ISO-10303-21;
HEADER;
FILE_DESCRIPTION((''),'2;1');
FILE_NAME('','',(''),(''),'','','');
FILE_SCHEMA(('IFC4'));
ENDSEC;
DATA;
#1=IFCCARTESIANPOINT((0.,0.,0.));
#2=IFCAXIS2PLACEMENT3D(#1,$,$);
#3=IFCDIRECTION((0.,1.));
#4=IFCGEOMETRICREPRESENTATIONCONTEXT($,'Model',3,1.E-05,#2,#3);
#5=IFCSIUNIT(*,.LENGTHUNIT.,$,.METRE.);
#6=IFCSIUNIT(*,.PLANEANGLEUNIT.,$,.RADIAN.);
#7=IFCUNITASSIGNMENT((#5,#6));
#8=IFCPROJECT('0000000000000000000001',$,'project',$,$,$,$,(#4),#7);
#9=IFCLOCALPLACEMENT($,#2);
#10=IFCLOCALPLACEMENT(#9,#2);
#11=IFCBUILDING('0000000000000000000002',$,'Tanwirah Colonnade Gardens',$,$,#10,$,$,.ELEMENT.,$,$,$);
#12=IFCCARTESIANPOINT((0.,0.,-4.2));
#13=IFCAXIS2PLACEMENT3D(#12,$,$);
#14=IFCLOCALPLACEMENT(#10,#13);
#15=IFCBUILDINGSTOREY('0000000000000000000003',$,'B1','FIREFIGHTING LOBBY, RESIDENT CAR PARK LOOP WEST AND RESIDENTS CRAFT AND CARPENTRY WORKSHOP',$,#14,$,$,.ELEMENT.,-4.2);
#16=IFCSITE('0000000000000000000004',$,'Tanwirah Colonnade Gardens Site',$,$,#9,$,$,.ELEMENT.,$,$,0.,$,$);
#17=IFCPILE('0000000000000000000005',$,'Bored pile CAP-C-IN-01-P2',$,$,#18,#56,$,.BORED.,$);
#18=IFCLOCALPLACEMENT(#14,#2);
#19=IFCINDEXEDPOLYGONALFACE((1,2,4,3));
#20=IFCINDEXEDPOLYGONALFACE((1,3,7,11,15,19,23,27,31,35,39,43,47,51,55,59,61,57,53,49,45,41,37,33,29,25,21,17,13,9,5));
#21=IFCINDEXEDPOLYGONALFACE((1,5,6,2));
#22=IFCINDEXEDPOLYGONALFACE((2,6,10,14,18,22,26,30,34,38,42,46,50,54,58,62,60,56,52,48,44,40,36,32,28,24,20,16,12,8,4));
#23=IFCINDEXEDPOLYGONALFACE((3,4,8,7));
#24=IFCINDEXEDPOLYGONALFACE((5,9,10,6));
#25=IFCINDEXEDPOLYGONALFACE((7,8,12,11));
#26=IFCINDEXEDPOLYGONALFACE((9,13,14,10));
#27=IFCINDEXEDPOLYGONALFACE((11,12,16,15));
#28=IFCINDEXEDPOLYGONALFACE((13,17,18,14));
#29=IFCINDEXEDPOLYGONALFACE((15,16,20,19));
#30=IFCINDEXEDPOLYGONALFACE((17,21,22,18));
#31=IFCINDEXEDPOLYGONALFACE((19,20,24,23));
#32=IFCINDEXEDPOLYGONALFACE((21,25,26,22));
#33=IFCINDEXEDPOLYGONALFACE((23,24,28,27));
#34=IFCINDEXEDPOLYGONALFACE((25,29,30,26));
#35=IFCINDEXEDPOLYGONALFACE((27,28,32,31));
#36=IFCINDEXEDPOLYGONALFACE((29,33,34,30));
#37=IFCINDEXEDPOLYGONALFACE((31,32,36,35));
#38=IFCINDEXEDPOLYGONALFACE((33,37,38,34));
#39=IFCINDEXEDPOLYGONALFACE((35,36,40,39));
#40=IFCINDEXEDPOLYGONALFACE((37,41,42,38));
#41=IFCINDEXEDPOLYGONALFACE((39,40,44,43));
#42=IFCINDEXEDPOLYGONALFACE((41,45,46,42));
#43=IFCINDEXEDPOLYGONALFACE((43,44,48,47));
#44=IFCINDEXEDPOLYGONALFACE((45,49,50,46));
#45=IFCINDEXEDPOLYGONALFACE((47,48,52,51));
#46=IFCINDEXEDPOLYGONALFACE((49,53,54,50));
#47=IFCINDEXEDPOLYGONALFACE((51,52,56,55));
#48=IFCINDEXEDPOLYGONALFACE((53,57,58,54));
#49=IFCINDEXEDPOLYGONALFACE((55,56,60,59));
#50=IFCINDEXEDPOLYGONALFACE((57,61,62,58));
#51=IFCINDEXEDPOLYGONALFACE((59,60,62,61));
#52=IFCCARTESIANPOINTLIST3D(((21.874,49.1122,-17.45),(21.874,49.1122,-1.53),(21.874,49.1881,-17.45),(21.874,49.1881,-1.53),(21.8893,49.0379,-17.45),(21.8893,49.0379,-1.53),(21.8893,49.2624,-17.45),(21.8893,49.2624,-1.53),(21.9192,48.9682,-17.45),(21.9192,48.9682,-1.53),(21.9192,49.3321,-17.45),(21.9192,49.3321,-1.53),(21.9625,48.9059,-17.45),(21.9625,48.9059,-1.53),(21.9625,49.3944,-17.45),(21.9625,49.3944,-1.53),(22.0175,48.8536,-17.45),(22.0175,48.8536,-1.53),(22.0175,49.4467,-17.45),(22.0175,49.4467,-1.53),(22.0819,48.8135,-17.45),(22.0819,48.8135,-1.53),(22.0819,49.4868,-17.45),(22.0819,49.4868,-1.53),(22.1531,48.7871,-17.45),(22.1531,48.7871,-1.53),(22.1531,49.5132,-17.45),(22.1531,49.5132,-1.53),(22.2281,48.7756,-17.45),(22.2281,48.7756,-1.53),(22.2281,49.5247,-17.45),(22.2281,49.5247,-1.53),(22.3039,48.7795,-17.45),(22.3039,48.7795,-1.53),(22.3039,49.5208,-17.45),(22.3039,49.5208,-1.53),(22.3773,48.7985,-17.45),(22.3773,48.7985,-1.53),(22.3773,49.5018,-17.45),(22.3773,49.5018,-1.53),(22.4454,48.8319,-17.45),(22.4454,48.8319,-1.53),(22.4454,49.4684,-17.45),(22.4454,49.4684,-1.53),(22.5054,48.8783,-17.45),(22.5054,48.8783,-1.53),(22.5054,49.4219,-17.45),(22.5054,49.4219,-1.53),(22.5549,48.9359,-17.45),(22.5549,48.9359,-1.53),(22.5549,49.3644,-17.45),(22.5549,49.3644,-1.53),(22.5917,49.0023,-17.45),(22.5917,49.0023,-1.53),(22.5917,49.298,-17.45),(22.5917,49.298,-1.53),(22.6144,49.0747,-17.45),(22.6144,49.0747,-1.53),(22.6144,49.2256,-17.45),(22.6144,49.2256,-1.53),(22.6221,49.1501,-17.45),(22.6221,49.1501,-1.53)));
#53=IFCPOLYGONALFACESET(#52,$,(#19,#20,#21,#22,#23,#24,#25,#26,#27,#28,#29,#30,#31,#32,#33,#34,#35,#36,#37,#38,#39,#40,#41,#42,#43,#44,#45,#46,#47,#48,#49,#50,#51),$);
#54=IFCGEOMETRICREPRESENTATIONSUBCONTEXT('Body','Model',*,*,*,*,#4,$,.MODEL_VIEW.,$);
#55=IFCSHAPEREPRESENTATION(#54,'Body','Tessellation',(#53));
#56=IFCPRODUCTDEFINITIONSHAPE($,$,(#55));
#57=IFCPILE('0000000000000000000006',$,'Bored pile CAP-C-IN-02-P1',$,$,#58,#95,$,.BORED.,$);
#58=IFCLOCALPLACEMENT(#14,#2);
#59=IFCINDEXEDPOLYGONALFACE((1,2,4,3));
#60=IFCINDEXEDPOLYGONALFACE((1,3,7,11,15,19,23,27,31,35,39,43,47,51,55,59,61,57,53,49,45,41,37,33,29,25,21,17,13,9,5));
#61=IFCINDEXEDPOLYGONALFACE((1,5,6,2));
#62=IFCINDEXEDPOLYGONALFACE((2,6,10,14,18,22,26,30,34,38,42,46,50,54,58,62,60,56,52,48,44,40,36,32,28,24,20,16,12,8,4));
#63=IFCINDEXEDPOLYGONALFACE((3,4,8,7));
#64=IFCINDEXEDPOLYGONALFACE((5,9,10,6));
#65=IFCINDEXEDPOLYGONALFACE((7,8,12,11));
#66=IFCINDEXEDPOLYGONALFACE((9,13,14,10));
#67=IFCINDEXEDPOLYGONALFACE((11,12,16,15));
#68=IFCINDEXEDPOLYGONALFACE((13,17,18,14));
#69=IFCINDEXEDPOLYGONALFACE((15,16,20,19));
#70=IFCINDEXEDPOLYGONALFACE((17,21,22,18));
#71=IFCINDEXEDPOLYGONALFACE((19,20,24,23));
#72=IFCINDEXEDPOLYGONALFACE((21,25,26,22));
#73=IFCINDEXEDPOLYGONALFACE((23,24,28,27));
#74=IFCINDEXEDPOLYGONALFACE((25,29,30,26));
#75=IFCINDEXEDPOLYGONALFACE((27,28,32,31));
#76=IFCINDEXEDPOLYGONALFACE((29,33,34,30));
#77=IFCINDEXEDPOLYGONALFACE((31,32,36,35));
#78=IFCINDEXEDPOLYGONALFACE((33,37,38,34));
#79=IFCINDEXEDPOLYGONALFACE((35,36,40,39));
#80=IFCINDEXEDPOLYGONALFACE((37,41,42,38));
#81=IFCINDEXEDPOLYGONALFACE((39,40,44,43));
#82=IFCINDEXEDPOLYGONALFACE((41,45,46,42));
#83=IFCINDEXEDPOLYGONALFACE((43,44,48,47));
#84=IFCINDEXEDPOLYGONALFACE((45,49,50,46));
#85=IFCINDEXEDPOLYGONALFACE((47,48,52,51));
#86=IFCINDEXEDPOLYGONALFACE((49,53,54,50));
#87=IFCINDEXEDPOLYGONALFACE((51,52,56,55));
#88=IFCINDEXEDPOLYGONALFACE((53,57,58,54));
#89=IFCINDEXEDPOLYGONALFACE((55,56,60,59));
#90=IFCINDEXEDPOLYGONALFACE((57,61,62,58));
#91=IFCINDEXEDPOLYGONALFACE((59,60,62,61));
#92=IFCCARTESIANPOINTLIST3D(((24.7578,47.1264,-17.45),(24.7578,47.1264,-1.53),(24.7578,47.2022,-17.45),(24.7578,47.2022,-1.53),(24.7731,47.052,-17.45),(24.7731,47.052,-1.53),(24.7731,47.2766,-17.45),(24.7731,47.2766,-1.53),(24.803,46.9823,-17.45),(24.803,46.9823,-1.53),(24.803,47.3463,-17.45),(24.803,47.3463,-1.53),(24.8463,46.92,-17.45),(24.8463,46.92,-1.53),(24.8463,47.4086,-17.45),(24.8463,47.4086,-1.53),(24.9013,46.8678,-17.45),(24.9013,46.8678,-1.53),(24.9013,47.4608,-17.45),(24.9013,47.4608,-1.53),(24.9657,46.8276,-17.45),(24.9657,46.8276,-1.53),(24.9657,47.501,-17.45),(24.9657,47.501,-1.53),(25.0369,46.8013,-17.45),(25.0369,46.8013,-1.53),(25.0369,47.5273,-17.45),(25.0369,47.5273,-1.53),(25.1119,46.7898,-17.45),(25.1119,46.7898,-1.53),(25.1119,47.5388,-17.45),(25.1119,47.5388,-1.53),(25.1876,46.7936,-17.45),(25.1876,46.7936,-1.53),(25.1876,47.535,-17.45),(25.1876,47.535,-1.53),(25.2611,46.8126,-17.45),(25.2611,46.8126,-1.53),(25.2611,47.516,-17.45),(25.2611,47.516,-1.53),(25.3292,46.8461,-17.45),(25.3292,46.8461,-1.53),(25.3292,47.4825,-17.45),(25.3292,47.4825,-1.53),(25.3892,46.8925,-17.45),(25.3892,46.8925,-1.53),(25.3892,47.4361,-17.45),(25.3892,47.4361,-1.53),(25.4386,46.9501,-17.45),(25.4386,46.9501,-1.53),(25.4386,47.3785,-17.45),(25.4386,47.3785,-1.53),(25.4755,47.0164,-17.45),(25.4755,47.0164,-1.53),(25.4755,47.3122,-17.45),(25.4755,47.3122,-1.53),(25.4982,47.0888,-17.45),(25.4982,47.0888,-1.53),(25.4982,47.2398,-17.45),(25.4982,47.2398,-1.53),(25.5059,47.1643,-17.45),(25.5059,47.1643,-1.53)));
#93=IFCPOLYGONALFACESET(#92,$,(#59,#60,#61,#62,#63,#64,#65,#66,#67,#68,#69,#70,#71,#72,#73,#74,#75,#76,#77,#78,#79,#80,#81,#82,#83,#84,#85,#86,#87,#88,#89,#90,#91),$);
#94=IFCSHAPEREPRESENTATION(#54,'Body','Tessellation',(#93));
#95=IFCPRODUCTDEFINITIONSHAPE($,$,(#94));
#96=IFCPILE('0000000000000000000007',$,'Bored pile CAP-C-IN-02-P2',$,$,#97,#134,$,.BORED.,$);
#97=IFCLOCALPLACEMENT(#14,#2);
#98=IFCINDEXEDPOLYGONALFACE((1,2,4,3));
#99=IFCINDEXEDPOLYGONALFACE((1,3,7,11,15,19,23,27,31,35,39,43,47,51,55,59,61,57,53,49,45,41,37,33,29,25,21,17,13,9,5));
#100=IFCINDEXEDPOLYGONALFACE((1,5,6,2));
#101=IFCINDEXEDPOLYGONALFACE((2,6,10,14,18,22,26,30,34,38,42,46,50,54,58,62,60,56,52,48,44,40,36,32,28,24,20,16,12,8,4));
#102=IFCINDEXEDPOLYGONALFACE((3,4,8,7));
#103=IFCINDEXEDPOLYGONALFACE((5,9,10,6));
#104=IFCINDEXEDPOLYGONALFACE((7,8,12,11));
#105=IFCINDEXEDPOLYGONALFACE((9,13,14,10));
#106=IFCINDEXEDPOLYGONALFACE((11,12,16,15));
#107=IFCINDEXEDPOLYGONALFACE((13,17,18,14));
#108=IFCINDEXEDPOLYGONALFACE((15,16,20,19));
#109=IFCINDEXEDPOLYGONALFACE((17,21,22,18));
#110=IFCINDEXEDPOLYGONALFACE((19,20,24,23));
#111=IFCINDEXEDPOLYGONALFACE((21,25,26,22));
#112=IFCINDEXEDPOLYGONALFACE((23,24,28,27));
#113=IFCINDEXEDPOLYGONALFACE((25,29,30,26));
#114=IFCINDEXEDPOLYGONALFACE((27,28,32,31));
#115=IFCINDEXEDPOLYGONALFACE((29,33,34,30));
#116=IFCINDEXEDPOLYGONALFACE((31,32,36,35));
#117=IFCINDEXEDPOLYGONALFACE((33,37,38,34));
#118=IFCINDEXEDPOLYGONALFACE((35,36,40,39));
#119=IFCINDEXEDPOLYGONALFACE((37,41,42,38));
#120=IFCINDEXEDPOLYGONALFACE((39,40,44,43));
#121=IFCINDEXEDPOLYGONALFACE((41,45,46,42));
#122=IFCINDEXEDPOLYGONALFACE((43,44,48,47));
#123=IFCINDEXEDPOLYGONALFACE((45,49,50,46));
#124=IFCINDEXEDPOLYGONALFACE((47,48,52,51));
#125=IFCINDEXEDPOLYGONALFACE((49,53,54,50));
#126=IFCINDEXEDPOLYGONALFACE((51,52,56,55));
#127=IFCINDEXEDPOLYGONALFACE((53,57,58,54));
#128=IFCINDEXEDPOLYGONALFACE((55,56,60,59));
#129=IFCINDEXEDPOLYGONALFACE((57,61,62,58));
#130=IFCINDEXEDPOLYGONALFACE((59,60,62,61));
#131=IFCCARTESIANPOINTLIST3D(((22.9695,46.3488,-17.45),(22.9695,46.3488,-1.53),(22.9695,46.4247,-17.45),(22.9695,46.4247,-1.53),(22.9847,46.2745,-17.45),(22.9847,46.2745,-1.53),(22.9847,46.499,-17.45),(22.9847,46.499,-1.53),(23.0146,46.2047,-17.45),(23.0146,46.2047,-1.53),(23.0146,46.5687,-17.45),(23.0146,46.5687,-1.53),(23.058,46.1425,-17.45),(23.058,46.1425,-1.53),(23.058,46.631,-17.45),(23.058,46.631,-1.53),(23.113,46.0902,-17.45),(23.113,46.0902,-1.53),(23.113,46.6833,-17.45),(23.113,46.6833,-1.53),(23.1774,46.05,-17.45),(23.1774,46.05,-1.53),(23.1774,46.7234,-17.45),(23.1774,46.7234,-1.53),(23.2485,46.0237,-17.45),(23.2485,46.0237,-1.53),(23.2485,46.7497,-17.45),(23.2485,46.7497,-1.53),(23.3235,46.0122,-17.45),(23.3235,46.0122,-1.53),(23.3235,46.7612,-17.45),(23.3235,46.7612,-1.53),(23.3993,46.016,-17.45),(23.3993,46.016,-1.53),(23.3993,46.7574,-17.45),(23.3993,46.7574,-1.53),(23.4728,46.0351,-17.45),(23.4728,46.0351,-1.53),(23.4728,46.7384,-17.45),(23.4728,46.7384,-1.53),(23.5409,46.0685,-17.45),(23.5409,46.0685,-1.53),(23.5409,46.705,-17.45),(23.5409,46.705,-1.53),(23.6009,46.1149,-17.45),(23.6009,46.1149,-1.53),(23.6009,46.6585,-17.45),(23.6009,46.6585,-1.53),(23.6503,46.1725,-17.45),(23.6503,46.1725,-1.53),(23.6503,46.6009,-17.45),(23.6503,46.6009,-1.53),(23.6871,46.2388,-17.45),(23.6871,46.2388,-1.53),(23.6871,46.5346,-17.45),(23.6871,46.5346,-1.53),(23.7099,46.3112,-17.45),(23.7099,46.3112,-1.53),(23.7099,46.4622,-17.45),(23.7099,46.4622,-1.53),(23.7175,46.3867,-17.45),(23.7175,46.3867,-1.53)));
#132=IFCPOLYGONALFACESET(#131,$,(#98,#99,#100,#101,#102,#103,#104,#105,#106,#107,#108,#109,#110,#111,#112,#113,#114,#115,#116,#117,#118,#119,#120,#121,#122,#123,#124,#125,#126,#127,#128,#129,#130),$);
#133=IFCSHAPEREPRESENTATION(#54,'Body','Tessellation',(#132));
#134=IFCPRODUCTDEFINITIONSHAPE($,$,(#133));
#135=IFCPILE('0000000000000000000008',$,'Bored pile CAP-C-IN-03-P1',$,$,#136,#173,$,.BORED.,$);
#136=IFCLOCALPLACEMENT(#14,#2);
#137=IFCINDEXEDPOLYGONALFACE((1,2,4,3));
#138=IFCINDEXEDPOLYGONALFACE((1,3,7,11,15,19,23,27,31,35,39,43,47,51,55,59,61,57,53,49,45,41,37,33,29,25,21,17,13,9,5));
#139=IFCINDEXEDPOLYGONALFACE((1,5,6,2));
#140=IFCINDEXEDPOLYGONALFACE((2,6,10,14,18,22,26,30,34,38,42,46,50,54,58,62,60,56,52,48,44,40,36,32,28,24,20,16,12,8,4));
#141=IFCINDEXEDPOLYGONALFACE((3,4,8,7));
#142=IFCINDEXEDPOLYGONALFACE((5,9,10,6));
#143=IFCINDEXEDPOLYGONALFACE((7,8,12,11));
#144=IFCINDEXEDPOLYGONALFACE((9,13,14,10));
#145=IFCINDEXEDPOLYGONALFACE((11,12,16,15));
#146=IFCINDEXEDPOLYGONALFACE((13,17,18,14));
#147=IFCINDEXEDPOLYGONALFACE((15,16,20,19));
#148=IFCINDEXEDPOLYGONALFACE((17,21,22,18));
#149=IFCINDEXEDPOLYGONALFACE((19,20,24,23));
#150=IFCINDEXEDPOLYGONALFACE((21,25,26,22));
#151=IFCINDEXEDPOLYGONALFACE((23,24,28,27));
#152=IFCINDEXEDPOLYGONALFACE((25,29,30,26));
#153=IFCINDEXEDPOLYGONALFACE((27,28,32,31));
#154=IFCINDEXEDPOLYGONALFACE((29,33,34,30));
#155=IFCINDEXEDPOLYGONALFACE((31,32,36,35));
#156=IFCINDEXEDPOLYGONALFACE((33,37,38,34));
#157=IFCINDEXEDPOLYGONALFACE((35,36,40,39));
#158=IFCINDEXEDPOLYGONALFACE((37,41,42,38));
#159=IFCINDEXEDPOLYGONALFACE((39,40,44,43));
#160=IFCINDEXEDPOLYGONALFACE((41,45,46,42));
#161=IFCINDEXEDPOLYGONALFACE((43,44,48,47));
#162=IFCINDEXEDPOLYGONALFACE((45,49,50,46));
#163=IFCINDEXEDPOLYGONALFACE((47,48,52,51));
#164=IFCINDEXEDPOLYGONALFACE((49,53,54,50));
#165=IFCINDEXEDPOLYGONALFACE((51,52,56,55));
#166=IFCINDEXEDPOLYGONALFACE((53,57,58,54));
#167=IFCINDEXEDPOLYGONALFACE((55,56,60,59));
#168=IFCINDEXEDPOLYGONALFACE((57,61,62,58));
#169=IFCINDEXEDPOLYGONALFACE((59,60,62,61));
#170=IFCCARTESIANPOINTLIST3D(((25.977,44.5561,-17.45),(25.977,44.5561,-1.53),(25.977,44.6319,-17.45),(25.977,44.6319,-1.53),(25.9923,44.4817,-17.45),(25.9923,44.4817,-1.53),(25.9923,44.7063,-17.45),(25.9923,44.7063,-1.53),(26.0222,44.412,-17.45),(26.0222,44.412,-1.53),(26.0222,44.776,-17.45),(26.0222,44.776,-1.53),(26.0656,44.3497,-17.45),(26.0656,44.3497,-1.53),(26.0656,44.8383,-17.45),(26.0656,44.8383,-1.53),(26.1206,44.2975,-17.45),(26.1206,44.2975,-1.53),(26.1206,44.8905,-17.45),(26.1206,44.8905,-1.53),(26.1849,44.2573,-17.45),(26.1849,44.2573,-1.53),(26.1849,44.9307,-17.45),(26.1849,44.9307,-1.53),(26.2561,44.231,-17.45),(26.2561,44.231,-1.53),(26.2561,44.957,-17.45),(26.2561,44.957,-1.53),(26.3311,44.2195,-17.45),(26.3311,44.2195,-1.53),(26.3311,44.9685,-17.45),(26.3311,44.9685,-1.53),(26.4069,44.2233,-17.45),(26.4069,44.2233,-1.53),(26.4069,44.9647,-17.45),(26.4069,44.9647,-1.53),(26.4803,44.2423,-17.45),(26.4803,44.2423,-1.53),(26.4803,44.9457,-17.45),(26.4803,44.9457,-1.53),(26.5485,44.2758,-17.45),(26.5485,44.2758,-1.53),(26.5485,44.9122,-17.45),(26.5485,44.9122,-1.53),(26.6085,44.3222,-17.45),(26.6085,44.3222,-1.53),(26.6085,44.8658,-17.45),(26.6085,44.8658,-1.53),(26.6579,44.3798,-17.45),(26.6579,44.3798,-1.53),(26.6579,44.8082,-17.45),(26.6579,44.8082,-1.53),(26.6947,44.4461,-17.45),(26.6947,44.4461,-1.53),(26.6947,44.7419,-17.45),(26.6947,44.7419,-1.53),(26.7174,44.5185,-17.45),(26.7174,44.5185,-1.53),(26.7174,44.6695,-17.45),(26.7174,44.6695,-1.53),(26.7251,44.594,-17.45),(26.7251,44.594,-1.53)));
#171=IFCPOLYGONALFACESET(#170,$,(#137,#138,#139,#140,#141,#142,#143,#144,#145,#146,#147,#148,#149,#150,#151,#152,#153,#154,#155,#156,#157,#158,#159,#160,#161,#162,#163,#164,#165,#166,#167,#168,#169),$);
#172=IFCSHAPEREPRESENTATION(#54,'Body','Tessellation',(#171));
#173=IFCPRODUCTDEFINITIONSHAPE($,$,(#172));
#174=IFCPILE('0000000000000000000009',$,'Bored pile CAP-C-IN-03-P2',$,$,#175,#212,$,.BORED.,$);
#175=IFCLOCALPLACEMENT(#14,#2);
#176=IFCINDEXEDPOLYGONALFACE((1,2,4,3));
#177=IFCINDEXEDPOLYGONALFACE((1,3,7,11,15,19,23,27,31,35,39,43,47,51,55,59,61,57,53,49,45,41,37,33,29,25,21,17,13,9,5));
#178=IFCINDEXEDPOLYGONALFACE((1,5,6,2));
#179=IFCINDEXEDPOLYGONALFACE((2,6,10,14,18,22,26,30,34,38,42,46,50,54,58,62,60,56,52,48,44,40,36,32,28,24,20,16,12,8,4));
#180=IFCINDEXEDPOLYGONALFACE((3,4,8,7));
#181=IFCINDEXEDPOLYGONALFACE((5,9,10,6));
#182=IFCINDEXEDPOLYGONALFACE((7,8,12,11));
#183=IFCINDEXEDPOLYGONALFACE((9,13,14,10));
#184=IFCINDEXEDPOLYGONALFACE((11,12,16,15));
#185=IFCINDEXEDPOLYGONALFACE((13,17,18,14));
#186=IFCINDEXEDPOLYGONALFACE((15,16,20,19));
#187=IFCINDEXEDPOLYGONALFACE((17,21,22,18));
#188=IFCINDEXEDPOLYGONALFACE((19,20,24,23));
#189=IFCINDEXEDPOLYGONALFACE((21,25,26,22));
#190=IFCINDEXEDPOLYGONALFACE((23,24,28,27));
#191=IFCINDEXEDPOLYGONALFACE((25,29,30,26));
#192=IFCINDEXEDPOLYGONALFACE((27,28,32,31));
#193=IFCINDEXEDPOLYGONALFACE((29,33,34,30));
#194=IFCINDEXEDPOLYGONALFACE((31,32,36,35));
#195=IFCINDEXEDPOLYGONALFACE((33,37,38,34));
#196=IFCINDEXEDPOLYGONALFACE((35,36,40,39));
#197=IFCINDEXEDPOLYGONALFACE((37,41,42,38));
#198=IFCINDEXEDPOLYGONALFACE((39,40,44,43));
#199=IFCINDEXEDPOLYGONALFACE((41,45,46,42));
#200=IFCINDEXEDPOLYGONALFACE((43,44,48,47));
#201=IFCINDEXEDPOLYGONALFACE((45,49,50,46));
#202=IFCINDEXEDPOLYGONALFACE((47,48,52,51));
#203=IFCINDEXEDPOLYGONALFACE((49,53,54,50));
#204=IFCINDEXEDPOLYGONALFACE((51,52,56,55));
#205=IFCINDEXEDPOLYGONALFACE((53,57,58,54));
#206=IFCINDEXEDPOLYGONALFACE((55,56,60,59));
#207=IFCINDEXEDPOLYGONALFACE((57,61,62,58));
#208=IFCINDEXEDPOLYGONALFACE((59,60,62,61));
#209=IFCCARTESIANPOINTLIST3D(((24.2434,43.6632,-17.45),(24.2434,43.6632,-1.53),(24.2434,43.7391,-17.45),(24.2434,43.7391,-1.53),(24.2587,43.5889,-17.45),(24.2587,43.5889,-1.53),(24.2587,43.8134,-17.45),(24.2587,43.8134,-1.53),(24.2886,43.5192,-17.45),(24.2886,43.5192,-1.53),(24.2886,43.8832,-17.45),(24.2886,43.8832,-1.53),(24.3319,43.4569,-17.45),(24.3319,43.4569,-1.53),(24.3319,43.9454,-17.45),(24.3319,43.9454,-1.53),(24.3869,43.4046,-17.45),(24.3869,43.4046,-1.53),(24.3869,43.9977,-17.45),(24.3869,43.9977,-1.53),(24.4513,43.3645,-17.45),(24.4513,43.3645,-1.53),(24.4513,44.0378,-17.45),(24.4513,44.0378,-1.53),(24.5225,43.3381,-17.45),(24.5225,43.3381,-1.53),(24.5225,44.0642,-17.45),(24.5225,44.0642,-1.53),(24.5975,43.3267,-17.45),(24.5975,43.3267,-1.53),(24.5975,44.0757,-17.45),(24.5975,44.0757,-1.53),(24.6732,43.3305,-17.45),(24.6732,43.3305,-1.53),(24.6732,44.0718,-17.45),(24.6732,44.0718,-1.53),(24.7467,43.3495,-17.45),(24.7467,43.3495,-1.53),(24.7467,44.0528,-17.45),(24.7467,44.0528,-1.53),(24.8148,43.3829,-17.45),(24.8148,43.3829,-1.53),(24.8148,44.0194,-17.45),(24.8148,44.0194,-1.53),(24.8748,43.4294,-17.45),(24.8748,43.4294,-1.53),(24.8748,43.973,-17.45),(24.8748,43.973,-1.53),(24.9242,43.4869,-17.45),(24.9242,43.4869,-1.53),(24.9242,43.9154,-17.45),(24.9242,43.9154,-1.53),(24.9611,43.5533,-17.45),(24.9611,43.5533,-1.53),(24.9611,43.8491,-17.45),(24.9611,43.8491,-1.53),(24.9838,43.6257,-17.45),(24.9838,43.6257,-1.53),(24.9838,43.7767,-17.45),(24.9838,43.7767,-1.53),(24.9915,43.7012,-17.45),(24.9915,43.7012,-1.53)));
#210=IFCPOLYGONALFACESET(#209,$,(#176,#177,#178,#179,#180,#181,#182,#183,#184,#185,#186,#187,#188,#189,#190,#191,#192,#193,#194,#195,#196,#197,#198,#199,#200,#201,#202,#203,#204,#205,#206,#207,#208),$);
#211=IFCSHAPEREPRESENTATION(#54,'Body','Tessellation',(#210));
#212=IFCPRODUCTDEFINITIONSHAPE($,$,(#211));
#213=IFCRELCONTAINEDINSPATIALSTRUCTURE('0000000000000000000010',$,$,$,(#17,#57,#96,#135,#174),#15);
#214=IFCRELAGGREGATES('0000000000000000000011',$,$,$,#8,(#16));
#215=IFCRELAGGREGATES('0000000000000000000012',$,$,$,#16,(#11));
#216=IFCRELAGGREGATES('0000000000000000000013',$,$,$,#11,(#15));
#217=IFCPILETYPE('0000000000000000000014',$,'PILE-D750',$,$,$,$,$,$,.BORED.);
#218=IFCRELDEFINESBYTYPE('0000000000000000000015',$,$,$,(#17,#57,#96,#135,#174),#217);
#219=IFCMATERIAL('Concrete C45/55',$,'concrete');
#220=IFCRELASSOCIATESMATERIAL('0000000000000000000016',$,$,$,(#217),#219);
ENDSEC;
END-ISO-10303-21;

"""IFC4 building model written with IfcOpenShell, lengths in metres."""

from ifc_helpers import new_model, si_unit, direction, frame, origin, origin_2d, place, context, subcontext, project, spatial, circle, extrude, material, material_profile, profile_set, type_object, element, save


model = new_model("IFC4")

# Units and contexts
model_context = context("Model", 3, precision=1e-05, world=origin(), true_north=direction((0.0, 1.0)))
body_context = subcontext(model_context, "Body", "Model", "MODEL_VIEW")
ifc_project = project(units=[si_unit("LENGTHUNIT", "METRE"), si_unit("PLANEANGLEUNIT", "RADIAN")], contexts=[model_context])

# Site, building, storey
site_placement = place(None, origin())
site = spatial("IfcSite", under=ifc_project, at=site_placement, Name="Tanwirah Colonnade Gardens Site", CompositionType="ELEMENT", RefElevation=0.0)
building_placement = place(site_placement, origin())
building = spatial("IfcBuilding", under=site, at=building_placement, Name="Tanwirah Colonnade Gardens", CompositionType="ELEMENT")
storey_placement = place(building_placement, frame((0.0, 0.0, -4.2)))
storey = spatial("IfcBuildingStorey", under=building, at=storey_placement, Name="B1", Description="FIREFIGHTING LOBBY, RESIDENT CAR PARK LOOP WEST AND RESIDENTS CRAFT AND CARPENTRY WORKSHOP", CompositionType="ELEMENT", Elevation=-4.2)

# Shared definitions
ifc_material_1 = material(Name="Concrete C45/55", Category="concrete")

# Piles
ifc_material_profile_1 = material_profile(ifc_material_1, circle(Radius=0.375, at=origin_2d()), Name="PILE D750")
ifc_profile_set_1 = profile_set([ifc_material_profile_1], Name="Concrete C45/55")
pile_type = type_object("IfcPileType", Name="PILE-D750", PredefinedType="BORED", material=ifc_profile_set_1)
for number, where, z_axis, x_axis, name in (
    (1, (22.2471, 49.1501, -1.53), (0.0, 0.0, -1.0), (1.0, 0.0, 0.0), "Bored pile CAP-C-IN-01-P2"),
    (2, (25.1309, 47.1643, -1.53), (0.0, 0.0, -1.0), (1.0, 0.0, 0.0), "Bored pile CAP-C-IN-02-P1"),
    (3, (23.3425, 46.3867, -1.53), (0.0, 0.0, -1.0), (1.0, 0.0, 0.0), "Bored pile CAP-C-IN-02-P2"),
    (4, (26.3501, 44.594, -1.53), (0.0, 0.0, -1.0), (1.0, 0.0, 0.0), "Bored pile CAP-C-IN-03-P1"),
    (5, (24.6165, 43.7012, -1.53), (0.0, 0.0, -1.0), (1.0, 0.0, 0.0), "Bored pile CAP-C-IN-03-P2"),
):
    element("IfcPile", number, at=place(storey_placement, frame(where, z_axis=z_axis, x_axis=x_axis)), inside=storey, type_object=pile_type, Name=name, PredefinedType="BORED", context=body_context, shape_type="SweptSolid", body=[
        extrude(circle(Radius=0.375, at=origin_2d()), origin(), (0.0, 0.0, 1.0), 15.9199),
    ])

save(model, "model.ifc")
